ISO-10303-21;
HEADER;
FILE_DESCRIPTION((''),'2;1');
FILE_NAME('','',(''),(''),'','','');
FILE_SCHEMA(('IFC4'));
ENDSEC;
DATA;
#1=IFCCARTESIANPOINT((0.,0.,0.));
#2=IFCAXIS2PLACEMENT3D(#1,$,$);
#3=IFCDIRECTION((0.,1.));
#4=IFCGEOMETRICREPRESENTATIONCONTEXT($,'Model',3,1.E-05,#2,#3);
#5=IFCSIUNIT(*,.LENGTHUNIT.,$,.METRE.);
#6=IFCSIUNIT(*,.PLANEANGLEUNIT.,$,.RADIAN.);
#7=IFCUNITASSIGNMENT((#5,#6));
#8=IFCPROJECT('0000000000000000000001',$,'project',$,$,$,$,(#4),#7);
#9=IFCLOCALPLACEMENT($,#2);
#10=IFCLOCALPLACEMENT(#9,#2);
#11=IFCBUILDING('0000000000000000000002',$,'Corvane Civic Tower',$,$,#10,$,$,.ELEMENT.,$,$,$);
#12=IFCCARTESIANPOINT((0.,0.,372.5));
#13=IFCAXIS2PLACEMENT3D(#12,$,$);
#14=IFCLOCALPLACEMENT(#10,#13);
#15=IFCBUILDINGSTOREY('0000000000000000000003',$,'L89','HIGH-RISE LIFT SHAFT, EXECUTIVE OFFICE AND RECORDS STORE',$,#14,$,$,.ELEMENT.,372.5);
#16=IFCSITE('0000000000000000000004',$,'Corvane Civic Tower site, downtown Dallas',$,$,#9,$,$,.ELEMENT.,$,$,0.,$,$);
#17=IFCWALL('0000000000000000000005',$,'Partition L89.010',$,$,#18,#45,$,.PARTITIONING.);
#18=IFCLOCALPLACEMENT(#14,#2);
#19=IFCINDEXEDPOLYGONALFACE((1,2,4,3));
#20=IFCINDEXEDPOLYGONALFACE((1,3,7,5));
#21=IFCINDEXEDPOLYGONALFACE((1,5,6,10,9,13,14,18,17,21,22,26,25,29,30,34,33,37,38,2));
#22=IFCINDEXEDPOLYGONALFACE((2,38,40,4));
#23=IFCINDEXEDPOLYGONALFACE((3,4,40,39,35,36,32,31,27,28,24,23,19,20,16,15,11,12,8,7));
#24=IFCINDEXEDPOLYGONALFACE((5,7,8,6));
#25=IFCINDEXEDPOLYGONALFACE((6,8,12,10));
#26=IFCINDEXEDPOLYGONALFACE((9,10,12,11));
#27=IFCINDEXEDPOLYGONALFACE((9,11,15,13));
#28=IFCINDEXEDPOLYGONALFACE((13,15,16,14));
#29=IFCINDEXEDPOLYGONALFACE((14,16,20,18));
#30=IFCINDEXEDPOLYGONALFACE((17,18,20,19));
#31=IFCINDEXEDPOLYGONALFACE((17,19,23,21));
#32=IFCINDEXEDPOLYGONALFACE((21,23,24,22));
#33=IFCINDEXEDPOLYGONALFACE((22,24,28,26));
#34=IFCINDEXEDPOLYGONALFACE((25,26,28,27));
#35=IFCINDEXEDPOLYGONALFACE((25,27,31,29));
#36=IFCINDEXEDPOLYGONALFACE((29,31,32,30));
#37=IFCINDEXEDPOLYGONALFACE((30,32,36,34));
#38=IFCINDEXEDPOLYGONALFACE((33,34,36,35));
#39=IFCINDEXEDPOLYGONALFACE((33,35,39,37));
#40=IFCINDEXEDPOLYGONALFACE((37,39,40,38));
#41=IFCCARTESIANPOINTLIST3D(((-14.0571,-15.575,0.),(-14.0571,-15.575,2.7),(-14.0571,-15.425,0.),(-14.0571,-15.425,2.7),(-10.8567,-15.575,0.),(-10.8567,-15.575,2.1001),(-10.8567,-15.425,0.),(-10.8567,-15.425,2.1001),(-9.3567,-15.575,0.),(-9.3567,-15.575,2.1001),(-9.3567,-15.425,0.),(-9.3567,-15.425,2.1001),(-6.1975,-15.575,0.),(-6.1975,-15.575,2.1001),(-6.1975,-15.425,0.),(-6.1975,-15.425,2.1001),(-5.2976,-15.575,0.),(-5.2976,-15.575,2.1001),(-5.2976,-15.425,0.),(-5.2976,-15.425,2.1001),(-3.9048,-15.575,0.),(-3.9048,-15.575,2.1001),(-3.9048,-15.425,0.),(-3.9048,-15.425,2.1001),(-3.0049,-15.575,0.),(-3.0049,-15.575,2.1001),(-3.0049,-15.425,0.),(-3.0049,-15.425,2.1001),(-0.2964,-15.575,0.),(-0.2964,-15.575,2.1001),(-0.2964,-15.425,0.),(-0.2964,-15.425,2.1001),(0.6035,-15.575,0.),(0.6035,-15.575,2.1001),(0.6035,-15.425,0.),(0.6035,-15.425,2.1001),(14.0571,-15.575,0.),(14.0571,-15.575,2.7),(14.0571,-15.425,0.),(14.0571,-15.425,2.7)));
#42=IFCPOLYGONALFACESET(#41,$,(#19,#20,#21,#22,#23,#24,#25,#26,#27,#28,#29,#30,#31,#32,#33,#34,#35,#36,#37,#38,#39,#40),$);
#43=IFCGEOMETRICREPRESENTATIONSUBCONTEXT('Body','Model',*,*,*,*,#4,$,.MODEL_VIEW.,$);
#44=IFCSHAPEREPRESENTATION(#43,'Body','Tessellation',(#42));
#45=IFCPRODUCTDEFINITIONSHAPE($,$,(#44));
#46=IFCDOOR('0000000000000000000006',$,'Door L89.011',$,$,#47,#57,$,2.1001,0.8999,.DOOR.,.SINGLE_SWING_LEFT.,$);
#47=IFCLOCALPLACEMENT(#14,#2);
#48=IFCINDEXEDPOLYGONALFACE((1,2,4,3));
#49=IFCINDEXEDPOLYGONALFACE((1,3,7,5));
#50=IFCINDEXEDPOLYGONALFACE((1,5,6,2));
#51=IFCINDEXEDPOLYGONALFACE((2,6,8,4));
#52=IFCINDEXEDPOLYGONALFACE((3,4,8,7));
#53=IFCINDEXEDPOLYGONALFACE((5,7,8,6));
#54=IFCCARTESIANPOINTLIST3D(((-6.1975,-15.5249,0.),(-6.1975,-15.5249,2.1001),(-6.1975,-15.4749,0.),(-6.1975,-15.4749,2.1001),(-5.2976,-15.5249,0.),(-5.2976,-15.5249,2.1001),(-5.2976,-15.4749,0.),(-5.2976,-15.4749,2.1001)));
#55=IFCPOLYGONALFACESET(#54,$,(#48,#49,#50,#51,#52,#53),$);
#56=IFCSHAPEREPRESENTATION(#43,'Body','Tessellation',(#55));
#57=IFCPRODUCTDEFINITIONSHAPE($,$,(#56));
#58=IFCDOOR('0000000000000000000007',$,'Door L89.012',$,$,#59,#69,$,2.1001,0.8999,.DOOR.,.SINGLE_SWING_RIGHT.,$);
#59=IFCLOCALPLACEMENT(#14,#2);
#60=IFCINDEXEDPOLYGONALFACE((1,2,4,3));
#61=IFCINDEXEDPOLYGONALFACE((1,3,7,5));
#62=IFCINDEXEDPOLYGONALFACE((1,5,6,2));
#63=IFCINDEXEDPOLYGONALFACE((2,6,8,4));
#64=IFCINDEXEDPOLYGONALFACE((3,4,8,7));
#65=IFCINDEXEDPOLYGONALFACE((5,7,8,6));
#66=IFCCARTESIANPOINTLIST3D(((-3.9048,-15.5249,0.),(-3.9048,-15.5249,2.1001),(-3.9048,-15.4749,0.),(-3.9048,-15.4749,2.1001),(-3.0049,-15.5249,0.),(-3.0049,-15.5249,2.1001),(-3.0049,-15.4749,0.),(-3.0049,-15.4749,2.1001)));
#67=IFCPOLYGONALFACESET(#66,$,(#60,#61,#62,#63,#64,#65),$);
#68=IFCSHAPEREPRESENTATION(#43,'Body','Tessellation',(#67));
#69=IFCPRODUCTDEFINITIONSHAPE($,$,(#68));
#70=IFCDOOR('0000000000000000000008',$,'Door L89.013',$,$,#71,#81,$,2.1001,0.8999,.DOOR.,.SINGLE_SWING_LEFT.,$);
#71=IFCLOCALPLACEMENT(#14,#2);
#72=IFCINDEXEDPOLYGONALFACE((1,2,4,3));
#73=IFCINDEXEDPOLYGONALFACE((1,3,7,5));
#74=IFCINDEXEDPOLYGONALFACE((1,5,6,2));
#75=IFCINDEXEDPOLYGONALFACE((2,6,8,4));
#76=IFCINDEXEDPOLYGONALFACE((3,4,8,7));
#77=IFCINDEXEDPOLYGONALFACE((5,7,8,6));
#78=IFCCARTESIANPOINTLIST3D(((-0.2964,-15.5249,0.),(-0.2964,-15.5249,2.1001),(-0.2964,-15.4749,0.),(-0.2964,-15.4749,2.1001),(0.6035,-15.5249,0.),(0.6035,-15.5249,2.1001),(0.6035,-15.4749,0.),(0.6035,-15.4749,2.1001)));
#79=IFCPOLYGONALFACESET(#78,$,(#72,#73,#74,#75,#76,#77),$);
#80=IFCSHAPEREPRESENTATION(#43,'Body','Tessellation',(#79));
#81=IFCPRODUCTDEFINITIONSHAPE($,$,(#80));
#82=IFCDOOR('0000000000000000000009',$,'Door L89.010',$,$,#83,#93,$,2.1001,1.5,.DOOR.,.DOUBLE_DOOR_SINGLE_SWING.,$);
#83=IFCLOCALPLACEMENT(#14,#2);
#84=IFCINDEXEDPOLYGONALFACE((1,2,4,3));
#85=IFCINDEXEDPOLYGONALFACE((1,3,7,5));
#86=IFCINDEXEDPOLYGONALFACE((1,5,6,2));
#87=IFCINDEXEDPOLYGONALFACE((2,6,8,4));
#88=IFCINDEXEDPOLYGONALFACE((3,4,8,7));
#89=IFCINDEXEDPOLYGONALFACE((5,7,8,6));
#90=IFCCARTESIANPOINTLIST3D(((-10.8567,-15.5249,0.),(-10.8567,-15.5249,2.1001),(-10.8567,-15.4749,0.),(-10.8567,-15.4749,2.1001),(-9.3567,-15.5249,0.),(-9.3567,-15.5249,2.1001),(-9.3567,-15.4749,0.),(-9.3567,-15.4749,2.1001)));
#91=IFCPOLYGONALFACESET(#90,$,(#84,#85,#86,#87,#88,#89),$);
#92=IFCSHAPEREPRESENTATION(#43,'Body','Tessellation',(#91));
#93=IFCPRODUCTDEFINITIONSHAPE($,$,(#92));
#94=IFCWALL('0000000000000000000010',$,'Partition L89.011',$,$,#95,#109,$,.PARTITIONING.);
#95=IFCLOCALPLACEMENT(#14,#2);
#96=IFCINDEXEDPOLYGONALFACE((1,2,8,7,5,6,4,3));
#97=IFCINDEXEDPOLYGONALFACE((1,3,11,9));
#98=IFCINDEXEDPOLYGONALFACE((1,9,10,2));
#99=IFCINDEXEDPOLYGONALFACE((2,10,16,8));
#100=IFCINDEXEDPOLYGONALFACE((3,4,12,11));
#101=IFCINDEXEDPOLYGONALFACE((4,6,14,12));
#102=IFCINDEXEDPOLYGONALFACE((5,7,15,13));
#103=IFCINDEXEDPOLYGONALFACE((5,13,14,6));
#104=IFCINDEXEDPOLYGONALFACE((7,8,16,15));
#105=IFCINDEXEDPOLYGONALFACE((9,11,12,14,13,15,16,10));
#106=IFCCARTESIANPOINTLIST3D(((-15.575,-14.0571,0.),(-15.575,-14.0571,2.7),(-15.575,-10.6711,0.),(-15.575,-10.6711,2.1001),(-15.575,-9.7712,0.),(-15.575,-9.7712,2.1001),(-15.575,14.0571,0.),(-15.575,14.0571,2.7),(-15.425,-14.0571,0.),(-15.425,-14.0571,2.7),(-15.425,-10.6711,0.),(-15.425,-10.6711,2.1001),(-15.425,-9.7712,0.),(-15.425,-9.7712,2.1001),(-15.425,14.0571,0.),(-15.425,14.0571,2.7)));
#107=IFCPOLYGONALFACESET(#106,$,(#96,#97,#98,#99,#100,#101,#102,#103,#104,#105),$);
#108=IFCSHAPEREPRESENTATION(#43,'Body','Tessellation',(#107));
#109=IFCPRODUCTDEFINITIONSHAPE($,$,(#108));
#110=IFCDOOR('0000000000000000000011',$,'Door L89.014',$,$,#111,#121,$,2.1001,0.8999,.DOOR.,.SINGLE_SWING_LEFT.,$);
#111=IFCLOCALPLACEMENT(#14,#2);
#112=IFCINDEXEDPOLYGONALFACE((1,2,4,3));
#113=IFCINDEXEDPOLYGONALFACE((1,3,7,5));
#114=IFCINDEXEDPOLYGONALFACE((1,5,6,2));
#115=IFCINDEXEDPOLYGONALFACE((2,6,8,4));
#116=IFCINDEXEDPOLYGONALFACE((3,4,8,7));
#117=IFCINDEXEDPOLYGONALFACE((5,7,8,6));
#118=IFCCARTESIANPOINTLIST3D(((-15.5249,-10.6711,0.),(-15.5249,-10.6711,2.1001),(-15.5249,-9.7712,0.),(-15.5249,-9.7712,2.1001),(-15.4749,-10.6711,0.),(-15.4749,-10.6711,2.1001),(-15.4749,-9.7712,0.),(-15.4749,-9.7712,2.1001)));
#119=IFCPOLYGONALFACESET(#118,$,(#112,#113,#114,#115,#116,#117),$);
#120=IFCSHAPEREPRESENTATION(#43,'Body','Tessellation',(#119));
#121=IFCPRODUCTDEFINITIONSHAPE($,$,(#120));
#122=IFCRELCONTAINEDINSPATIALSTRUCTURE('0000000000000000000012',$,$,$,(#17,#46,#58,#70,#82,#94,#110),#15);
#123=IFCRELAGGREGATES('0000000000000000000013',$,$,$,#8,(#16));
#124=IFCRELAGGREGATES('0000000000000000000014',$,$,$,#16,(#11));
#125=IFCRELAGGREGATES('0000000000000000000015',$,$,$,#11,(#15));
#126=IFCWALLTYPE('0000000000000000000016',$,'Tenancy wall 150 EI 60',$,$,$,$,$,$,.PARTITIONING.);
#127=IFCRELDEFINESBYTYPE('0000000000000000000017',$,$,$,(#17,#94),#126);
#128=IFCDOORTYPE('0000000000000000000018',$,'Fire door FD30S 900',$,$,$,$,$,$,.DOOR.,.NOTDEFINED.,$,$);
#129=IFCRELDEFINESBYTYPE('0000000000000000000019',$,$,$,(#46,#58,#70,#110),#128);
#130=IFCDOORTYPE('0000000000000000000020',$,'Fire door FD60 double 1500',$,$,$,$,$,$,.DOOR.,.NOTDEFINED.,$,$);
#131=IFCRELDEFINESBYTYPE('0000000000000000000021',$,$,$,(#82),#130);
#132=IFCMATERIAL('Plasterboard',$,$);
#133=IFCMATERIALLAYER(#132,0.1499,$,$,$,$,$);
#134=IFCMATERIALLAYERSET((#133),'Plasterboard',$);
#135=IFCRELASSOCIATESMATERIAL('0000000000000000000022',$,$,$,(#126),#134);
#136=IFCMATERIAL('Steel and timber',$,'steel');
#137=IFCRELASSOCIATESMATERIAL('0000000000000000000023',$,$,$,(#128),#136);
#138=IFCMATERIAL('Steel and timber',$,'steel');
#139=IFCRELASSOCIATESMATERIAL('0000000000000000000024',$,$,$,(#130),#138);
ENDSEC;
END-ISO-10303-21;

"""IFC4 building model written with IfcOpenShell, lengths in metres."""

from ifc_helpers import new_model, si_unit, direction, frame, frame_2d, origin, place, context, subcontext, project, spatial, rectangle, extrude, material, layer, layer_set, type_object, element, fill, save


model = new_model("IFC4")

# Units and contexts
model_context = context("Model", 3, precision=1e-05, world=origin(), true_north=direction((0.0, 1.0)))
body_context = subcontext(model_context, "Body", "Model", "MODEL_VIEW")
ifc_project = project(units=[si_unit("LENGTHUNIT", "METRE"), si_unit("PLANEANGLEUNIT", "RADIAN")], contexts=[model_context])

# Site, building, storey
site_placement = place(None, origin())
site = spatial("IfcSite", under=ifc_project, at=site_placement, Name="Corvane Civic Tower site, downtown Dallas", CompositionType="ELEMENT", RefElevation=0.0)
building_placement = place(site_placement, origin())
building = spatial("IfcBuilding", under=site, at=building_placement, Name="Corvane Civic Tower", CompositionType="ELEMENT")
storey_placement = place(building_placement, frame((0.0, 0.0, 372.5)))
storey = spatial("IfcBuildingStorey", under=building, at=storey_placement, Name="L89", Description="HIGH-RISE LIFT SHAFT, EXECUTIVE OFFICE AND RECORDS STORE", CompositionType="ELEMENT", Elevation=372.5)

# Wall, openings, doors
ifc_material_1 = material(Name="Plasterboard")
ifc_layer_1 = layer(ifc_material_1, 0.1499)
ifc_layer_set_1 = layer_set([ifc_layer_1], Name="Plasterboard")
wall_type = type_object("IfcWallType", Name="Tenancy wall 150 EI 60", PredefinedType="PARTITIONING", material=ifc_layer_set_1)
wall_1_placement = place(storey_placement, frame((-14.0571, -15.5, 0.0), z_axis=(0.0, 0.0, 1.0), x_axis=(1.0, 0.0, 0.0)))
wall_1 = element("IfcWall", 1, at=wall_1_placement, inside=storey, type_object=wall_type, Name="Partition L89.010", PredefinedType="PARTITIONING", context=body_context, shape_type="SweptSolid", body=[
    extrude(rectangle(XDim=28.1143, YDim=0.1499, at=frame_2d((14.0571, 0.0))), origin(), (0.0, 0.0, 1.0), 2.7),
])
opening_1_placement = place(wall_1_placement, frame((3.2004, 0.0, 0.0)))
opening_1 = element("IfcOpeningElement", 2, at=opening_1_placement, cuts=wall_1, PredefinedType="OPENING", context=body_context, shape_type="SweptSolid", body=[
    extrude(rectangle(XDim=1.5, YDim=2.1001, at=frame_2d((0.75, 1.05))), frame((0.0, 0.085, 0.0), z_axis=(0.0, -1.0, 0.0), x_axis=(1.0, 0.0, 0.0)), (0.0, 0.0, 1.0), 0.1699),
])
opening_2_placement = place(wall_1_placement, frame((7.8596, 0.0, 0.0)))
opening_2 = element("IfcOpeningElement", 3, at=opening_2_placement, cuts=wall_1, PredefinedType="OPENING", context=body_context, shape_type="SweptSolid", body=[
    extrude(rectangle(XDim=0.8999, YDim=2.1001, at=frame_2d((0.45, 1.05))), frame((0.0, 0.085, 0.0), z_axis=(0.0, -1.0, 0.0), x_axis=(1.0, 0.0, 0.0)), (0.0, 0.0, 1.0), 0.1699),
])
opening_3_placement = place(wall_1_placement, frame((10.1523, 0.0, 0.0)))
opening_3 = element("IfcOpeningElement", 4, at=opening_3_placement, cuts=wall_1, PredefinedType="OPENING", context=body_context, shape_type="SweptSolid", body=[
    extrude(rectangle(XDim=0.8999, YDim=2.1001, at=frame_2d((0.45, 1.05))), frame((0.0, 0.085, 0.0), z_axis=(0.0, -1.0, 0.0), x_axis=(1.0, 0.0, 0.0)), (0.0, 0.0, 1.0), 0.1699),
])
opening_4_placement = place(wall_1_placement, frame((13.7607, 0.0, 0.0)))
opening_4 = element("IfcOpeningElement", 5, at=opening_4_placement, cuts=wall_1, PredefinedType="OPENING", context=body_context, shape_type="SweptSolid", body=[
    extrude(rectangle(XDim=0.8999, YDim=2.1001, at=frame_2d((0.45, 1.05))), frame((0.0, 0.085, 0.0), z_axis=(0.0, -1.0, 0.0), x_axis=(1.0, 0.0, 0.0)), (0.0, 0.0, 1.0), 0.1699),
])
ifc_material_2 = material(Name="Steel and timber", Category="steel")
door_type_1 = type_object("IfcDoorType", Name="Fire door FD30S 900", OperationType="NOTDEFINED", PredefinedType="DOOR", material=ifc_material_2)
door_1_placement = place(opening_2_placement, frame((0.8999, 0.0, 0.0), z_axis=(0.0, 0.0, 1.0), x_axis=(-1.0, 0.0, 0.0)))
door_1 = element("IfcDoor", 6, at=door_1_placement, inside=storey, type_object=door_type_1, Name="Door L89.011", OperationType="SINGLE_SWING_LEFT", OverallHeight=2.1001, OverallWidth=0.8999, PredefinedType="DOOR", context=body_context, shape_type="SweptSolid", body=[
    extrude(rectangle(XDim=0.8999, YDim=2.1001, at=frame_2d((0.45, 1.05))), frame((0.0, 0.0249, 0.0), z_axis=(0.0, -1.0, 0.0), x_axis=(1.0, 0.0, 0.0)), (0.0, 0.0, 1.0), 0.05),
])
fill(opening_2, door_1)
door_2_placement = place(opening_3_placement, frame((0.8999, 0.0, 0.0), z_axis=(0.0, 0.0, 1.0), x_axis=(-1.0, 0.0, 0.0)))
door_2 = element("IfcDoor", 7, at=door_2_placement, inside=storey, type_object=door_type_1, Name="Door L89.012", OperationType="SINGLE_SWING_RIGHT", OverallHeight=2.1001, OverallWidth=0.8999, PredefinedType="DOOR", context=body_context, shape_type="SweptSolid", body=[
    extrude(rectangle(XDim=0.8999, YDim=2.1001, at=frame_2d((0.45, 1.05))), frame((0.0, 0.0249, 0.0), z_axis=(0.0, -1.0, 0.0), x_axis=(1.0, 0.0, 0.0)), (0.0, 0.0, 1.0), 0.05),
])
fill(opening_3, door_2)
door_3_placement = place(opening_4_placement, frame((0.8999, 0.0, 0.0), z_axis=(0.0, 0.0, 1.0), x_axis=(-1.0, 0.0, 0.0)))
door_3 = element("IfcDoor", 8, at=door_3_placement, inside=storey, type_object=door_type_1, Name="Door L89.013", OperationType="SINGLE_SWING_LEFT", OverallHeight=2.1001, OverallWidth=0.8999, PredefinedType="DOOR", context=body_context, shape_type="SweptSolid", body=[
    extrude(rectangle(XDim=0.8999, YDim=2.1001, at=frame_2d((0.45, 1.05))), frame((0.0, 0.0249, 0.0), z_axis=(0.0, -1.0, 0.0), x_axis=(1.0, 0.0, 0.0)), (0.0, 0.0, 1.0), 0.05),
])
fill(opening_4, door_3)
ifc_material_3 = material(Name="Steel and timber", Category="steel")
door_type_2 = type_object("IfcDoorType", Name="Fire door FD60 double 1500", OperationType="NOTDEFINED", PredefinedType="DOOR", material=ifc_material_3)
door_4_placement = place(opening_1_placement, frame((1.5, 0.0, 0.0), z_axis=(0.0, 0.0, 1.0), x_axis=(-1.0, 0.0, 0.0)))
door_4 = element("IfcDoor", 9, at=door_4_placement, inside=storey, type_object=door_type_2, Name="Door L89.010", OperationType="DOUBLE_DOOR_SINGLE_SWING", OverallHeight=2.1001, OverallWidth=1.5, PredefinedType="DOOR", context=body_context, shape_type="SweptSolid", body=[
    extrude(rectangle(XDim=1.5, YDim=2.1001, at=frame_2d((0.75, 1.05))), frame((0.0, 0.0249, 0.0), z_axis=(0.0, -1.0, 0.0), x_axis=(1.0, 0.0, 0.0)), (0.0, 0.0, 1.0), 0.05),
])
fill(opening_1, door_4)

# Wall, opening, door
wall_2_placement = place(storey_placement, frame((-15.5, -14.0571, 0.0), z_axis=(0.0, 0.0, 1.0), x_axis=(0.0, 1.0, 0.0)))
wall_2 = element("IfcWall", 10, at=wall_2_placement, inside=storey, type_object=wall_type, Name="Partition L89.011", PredefinedType="PARTITIONING", context=body_context, shape_type="SweptSolid", body=[
    extrude(rectangle(XDim=28.1143, YDim=0.1499, at=frame_2d((14.0571, 0.0))), origin(), (0.0, 0.0, 1.0), 2.7),
])
opening_5_placement = place(wall_2_placement, frame((3.386, 0.0, 0.0)))
opening_5 = element("IfcOpeningElement", 11, at=opening_5_placement, cuts=wall_2, PredefinedType="OPENING", context=body_context, shape_type="SweptSolid", body=[
    extrude(rectangle(XDim=0.8999, YDim=2.1001, at=frame_2d((0.45, 1.05))), frame((0.0, 0.085, 0.0), z_axis=(0.0, -1.0, 0.0), x_axis=(1.0, 0.0, 0.0)), (0.0, 0.0, 1.0), 0.1699),
])
door_5_placement = place(opening_5_placement, origin())
door_5 = element("IfcDoor", 12, at=door_5_placement, inside=storey, type_object=door_type_1, Name="Door L89.014", OperationType="SINGLE_SWING_LEFT", OverallHeight=2.1001, OverallWidth=0.8999, PredefinedType="DOOR", context=body_context, shape_type="SweptSolid", body=[
    extrude(rectangle(XDim=0.8999, YDim=2.1001, at=frame_2d((0.45, 1.05))), frame((0.0, 0.0249, 0.0), z_axis=(0.0, -1.0, 0.0), x_axis=(1.0, 0.0, 0.0)), (0.0, 0.0, 1.0), 0.05),
])
fill(opening_5, door_5)

save(model, "model.ifc")
